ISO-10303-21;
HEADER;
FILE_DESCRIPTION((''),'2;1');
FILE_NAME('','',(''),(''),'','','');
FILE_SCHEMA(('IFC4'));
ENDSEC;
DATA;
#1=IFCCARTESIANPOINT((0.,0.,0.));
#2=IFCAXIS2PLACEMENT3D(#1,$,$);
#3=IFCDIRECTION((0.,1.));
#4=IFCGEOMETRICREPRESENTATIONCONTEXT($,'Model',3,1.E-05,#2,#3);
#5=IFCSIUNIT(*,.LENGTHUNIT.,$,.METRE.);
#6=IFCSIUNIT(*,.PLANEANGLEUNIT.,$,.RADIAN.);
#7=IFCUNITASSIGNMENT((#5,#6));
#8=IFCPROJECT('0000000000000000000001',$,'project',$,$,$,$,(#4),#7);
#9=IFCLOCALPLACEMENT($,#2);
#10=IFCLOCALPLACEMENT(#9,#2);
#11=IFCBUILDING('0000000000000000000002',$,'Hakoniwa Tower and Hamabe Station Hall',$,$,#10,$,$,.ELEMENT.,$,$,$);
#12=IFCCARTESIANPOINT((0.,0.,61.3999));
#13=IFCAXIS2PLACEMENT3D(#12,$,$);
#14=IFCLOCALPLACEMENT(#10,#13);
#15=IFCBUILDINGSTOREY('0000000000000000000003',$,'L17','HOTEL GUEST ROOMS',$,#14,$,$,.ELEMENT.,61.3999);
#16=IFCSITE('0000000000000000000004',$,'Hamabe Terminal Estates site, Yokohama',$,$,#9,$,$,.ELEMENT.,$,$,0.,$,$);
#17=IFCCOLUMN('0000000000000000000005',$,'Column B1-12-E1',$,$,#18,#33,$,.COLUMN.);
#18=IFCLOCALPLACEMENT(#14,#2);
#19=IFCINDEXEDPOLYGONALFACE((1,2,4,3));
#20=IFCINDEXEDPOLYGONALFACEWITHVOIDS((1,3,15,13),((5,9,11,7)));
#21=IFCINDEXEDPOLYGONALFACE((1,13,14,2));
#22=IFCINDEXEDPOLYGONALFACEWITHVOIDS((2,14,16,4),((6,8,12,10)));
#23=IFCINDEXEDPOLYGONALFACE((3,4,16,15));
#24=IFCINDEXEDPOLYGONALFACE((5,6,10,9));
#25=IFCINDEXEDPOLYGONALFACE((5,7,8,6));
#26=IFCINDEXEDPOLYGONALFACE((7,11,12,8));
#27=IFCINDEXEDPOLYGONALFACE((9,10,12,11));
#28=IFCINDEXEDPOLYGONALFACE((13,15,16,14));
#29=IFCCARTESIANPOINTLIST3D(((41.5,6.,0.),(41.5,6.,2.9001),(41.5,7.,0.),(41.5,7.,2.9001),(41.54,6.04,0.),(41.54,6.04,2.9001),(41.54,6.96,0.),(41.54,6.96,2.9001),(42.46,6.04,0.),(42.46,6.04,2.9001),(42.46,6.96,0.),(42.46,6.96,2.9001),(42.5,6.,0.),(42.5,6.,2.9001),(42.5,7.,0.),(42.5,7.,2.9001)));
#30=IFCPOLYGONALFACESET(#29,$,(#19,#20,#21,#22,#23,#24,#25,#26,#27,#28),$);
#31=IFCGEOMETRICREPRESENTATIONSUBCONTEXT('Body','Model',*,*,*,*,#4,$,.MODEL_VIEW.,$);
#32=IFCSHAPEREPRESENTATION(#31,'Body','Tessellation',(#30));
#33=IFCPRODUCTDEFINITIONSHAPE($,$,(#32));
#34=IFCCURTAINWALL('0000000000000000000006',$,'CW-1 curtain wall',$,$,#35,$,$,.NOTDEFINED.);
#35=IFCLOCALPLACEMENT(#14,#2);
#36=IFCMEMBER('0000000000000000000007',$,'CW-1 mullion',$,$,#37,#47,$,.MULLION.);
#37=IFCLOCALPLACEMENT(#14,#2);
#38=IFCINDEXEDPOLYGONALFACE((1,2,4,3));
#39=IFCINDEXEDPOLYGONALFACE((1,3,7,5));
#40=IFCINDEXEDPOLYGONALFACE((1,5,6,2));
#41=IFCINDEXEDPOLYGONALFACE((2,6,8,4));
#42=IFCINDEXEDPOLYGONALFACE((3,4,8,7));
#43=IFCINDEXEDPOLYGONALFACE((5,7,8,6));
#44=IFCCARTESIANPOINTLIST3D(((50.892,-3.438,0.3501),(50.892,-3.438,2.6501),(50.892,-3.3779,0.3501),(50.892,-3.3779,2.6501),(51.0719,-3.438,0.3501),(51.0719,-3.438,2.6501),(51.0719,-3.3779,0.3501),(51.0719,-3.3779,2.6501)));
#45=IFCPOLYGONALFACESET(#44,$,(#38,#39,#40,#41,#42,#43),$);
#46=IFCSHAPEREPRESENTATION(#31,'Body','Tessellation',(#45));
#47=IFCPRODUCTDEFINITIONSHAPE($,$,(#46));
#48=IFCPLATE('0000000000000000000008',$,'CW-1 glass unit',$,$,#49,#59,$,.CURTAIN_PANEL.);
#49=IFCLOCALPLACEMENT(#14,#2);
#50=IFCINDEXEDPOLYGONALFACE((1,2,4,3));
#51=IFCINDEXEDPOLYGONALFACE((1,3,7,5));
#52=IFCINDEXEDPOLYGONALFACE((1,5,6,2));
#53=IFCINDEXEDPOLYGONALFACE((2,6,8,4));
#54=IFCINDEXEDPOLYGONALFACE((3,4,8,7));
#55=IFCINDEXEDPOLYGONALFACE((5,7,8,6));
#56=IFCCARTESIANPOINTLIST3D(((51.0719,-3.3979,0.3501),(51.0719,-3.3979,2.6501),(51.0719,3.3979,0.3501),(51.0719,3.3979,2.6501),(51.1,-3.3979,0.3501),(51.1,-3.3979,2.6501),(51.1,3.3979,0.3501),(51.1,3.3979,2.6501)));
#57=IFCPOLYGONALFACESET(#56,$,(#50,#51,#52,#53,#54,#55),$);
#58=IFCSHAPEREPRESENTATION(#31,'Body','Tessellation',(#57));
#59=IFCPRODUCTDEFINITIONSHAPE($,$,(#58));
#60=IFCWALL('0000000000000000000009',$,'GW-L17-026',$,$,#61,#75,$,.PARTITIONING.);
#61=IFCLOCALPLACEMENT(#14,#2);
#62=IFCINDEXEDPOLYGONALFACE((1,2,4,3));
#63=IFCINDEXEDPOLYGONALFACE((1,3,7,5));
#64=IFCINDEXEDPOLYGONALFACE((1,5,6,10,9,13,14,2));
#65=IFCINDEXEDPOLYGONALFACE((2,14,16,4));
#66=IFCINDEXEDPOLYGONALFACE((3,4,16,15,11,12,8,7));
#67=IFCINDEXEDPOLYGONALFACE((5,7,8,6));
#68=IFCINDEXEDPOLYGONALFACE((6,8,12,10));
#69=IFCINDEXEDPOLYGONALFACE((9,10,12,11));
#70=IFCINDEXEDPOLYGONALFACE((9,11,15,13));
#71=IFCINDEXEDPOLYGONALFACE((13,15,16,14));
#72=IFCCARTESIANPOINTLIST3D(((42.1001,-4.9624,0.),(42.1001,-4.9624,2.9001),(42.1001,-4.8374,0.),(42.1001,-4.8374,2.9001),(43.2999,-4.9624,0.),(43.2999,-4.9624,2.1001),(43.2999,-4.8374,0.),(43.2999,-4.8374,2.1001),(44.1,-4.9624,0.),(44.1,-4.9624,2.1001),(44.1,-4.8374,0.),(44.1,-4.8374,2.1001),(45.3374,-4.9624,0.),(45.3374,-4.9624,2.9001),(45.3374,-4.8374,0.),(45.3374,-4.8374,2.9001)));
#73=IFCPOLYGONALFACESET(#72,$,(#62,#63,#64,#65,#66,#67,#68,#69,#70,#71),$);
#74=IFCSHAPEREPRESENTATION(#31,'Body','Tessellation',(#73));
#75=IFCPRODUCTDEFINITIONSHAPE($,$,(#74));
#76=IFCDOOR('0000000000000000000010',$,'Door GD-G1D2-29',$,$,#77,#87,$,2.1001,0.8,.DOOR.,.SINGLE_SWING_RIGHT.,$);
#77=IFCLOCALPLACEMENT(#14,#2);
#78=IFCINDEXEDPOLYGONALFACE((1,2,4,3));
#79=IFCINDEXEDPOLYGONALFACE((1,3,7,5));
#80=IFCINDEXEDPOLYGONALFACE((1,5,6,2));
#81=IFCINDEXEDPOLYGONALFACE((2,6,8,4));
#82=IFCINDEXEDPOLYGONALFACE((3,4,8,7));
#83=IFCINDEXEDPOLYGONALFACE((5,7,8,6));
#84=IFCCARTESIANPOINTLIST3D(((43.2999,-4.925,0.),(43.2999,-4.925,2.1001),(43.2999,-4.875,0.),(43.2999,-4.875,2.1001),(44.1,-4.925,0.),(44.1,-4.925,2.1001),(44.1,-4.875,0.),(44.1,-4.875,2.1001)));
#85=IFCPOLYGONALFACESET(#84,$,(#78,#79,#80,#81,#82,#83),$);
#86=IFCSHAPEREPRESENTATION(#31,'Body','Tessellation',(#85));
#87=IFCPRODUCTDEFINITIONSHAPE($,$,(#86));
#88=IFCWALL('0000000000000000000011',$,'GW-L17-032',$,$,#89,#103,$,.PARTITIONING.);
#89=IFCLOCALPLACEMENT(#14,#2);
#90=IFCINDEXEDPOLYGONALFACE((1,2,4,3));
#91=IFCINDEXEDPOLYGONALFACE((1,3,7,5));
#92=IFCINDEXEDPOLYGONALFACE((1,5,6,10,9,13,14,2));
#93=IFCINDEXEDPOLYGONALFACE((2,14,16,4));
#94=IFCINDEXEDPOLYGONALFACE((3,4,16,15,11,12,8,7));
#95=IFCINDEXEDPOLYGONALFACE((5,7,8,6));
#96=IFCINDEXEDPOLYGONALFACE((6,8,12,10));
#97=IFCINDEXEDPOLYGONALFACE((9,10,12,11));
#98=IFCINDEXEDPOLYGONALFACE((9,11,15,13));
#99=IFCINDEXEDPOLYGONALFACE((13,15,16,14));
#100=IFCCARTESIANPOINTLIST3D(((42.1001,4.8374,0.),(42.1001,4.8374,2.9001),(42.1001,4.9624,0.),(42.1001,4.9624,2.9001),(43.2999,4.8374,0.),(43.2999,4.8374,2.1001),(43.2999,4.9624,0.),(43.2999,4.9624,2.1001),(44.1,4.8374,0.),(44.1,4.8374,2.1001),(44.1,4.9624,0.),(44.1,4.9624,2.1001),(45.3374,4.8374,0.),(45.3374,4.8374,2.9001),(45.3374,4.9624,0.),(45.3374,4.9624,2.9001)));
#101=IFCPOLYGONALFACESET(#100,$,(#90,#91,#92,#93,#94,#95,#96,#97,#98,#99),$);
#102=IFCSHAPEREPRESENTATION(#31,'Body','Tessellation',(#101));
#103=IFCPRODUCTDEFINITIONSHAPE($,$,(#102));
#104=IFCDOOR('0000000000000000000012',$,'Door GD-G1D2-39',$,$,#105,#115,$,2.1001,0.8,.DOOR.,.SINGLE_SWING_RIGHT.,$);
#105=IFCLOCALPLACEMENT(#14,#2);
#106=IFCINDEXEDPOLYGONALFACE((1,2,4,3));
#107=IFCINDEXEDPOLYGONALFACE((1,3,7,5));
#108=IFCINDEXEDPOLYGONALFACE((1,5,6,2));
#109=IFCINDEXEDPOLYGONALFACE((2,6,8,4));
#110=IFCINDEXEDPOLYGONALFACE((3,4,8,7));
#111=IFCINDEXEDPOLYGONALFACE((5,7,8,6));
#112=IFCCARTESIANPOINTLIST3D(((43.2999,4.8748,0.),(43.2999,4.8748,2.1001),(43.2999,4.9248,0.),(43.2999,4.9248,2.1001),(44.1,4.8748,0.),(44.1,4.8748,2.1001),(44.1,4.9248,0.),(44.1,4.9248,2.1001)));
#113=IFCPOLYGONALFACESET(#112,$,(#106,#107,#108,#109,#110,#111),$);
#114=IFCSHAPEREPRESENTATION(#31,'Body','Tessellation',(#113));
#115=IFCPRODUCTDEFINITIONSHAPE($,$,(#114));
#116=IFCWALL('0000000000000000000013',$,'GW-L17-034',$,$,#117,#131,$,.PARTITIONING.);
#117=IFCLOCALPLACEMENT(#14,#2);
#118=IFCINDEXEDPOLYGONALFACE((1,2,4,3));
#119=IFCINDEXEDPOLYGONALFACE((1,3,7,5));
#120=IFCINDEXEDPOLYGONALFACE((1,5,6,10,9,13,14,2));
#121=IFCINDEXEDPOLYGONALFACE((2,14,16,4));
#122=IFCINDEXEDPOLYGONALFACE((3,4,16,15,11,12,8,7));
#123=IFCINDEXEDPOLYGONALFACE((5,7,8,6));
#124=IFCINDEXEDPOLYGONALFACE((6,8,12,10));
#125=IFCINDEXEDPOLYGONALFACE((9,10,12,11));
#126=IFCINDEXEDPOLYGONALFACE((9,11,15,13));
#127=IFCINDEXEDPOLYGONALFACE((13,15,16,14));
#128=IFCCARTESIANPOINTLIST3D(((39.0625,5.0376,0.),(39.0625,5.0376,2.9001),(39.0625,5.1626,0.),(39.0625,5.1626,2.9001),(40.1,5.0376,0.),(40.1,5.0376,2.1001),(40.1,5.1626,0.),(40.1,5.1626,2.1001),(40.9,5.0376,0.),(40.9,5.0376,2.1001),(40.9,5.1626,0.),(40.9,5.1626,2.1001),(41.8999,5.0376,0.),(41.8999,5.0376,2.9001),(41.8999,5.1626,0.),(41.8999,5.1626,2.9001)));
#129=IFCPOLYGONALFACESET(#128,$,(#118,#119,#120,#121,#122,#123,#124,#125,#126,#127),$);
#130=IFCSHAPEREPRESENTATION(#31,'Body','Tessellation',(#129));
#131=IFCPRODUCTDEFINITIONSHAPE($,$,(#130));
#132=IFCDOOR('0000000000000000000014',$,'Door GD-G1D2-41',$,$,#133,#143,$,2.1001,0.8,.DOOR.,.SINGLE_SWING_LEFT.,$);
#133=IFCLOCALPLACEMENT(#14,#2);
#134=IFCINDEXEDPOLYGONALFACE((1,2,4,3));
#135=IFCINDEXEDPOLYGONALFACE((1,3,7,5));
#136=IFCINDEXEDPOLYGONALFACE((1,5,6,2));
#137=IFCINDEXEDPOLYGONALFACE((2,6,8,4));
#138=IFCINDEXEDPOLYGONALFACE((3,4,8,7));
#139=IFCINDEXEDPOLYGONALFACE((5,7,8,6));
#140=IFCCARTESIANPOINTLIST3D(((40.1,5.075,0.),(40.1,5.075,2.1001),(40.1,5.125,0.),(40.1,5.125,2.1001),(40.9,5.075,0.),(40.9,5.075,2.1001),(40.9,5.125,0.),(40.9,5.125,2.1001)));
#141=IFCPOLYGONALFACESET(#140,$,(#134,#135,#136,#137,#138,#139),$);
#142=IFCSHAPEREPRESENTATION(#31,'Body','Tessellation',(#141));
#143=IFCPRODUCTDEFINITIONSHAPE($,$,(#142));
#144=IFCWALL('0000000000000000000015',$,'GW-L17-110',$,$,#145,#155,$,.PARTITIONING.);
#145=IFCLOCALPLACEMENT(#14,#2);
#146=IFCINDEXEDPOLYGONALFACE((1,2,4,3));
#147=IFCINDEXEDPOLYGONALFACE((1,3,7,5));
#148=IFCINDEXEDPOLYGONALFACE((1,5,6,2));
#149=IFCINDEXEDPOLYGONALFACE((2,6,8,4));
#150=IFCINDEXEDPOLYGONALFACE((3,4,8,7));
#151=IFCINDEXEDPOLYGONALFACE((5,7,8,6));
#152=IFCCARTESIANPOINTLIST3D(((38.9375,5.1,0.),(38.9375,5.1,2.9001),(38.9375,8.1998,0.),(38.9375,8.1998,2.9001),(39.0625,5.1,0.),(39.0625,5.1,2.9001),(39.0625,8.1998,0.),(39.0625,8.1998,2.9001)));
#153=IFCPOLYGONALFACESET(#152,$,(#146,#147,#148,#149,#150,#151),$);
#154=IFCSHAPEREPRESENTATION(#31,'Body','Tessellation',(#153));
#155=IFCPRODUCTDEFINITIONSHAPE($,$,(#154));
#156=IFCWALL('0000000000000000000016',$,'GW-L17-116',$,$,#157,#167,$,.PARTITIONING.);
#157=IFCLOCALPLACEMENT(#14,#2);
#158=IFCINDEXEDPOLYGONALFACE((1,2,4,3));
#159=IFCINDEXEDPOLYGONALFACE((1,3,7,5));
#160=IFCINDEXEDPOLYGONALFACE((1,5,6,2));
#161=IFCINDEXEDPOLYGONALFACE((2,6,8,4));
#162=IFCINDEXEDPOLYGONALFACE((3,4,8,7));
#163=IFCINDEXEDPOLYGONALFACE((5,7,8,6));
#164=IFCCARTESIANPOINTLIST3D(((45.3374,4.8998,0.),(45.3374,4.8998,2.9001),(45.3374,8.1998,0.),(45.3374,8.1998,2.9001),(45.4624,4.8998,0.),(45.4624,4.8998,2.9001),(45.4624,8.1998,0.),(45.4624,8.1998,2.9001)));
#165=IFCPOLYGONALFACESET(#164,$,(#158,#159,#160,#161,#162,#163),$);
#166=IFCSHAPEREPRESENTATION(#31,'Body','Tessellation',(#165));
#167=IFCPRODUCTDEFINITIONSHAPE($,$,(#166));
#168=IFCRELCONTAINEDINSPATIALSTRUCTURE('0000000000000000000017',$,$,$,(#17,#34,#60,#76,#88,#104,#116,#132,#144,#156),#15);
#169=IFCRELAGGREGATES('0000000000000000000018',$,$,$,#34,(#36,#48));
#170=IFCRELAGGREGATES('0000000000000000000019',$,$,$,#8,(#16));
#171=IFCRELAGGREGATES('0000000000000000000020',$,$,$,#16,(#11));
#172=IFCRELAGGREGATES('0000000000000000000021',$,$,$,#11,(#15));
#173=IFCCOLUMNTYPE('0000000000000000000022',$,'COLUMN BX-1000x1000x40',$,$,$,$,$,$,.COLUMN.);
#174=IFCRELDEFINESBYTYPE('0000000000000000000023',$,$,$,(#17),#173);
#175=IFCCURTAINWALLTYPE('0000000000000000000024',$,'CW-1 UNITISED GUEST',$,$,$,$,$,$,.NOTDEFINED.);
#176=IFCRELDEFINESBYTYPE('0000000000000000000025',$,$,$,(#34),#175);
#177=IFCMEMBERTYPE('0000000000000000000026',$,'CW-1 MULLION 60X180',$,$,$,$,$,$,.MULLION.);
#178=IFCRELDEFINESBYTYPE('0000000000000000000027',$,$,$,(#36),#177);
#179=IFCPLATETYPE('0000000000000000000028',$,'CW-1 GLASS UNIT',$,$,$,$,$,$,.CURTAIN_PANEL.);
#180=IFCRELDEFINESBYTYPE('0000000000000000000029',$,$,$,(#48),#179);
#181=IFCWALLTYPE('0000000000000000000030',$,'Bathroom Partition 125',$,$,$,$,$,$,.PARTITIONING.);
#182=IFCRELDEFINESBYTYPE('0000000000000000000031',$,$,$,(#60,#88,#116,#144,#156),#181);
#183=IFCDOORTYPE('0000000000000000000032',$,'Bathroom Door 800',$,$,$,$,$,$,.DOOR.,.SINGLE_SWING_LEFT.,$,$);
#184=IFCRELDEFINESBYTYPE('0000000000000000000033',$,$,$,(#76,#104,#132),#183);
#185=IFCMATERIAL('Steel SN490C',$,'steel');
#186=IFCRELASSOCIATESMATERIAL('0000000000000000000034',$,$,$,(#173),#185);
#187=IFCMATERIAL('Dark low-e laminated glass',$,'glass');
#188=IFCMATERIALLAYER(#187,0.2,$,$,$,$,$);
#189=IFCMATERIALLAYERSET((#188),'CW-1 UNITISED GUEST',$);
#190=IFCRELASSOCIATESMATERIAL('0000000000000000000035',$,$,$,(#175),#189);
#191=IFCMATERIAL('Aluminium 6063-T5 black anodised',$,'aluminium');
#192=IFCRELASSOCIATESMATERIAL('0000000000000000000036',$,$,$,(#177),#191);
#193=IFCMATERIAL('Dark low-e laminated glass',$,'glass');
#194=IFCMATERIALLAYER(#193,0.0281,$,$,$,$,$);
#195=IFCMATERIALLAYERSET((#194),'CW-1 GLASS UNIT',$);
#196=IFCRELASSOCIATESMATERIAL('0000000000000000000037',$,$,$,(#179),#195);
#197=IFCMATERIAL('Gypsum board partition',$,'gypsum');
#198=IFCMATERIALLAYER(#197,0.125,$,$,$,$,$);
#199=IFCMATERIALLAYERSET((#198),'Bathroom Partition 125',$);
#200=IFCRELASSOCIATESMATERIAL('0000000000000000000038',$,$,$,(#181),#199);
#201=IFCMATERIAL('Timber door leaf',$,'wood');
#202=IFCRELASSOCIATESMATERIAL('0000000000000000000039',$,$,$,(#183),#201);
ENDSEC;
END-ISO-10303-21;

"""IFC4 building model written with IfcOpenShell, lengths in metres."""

from ifc_helpers import new_model, si_unit, direction, frame, frame_2d, origin, origin_2d, place, context, subcontext, project, spatial, rectangle, hollow_rectangle, extrude, material, layer, layer_set, material_profile, profile_set, type_object, element, fill, aggregate, save


model = new_model("IFC4")

# Units and contexts
model_context = context("Model", 3, precision=1e-05, world=origin(), true_north=direction((0.0, 1.0)))
body_context = subcontext(model_context, "Body", "Model", "MODEL_VIEW")
ifc_project = project(units=[si_unit("LENGTHUNIT", "METRE"), si_unit("PLANEANGLEUNIT", "RADIAN")], contexts=[model_context])

# Site, building, storey
site_placement = place(None, origin())
site = spatial("IfcSite", under=ifc_project, at=site_placement, Name="Hamabe Terminal Estates site, Yokohama", CompositionType="ELEMENT", RefElevation=0.0)
building_placement = place(site_placement, origin())
building = spatial("IfcBuilding", under=site, at=building_placement, Name="Hakoniwa Tower and Hamabe Station Hall", CompositionType="ELEMENT")
storey_placement = place(building_placement, frame((0.0, 0.0, 61.3999)))
storey = spatial("IfcBuildingStorey", under=building, at=storey_placement, Name="L17", Description="HOTEL GUEST ROOMS", CompositionType="ELEMENT", Elevation=61.3999)

# Column
ifc_material_1 = material(Name="Steel SN490C", Category="steel")
ifc_material_profile_1 = material_profile(ifc_material_1, hollow_rectangle(XDim=1.0, YDim=1.0, WallThickness=0.04, at=origin_2d()), Name="BX-1000x1000x40")
ifc_profile_set_1 = profile_set([ifc_material_profile_1], Name="Steel SN490C")
column_type = type_object("IfcColumnType", Name="COLUMN BX-1000x1000x40", PredefinedType="COLUMN", material=ifc_profile_set_1)
column_placement = place(storey_placement, frame((42.0, 6.5, 0.0), z_axis=(0.0, 0.0, 1.0), x_axis=(1.0, 0.0, 0.0)))
element("IfcColumn", 1, at=column_placement, inside=storey, type_object=column_type, Name="Column B1-12-E1", PredefinedType="COLUMN", context=body_context, shape_type="SweptSolid", body=[
    extrude(hollow_rectangle(XDim=1.0, YDim=1.0, WallThickness=0.04, at=origin_2d()), origin(), (0.0, 0.0, 1.0), 2.9001),
])

# Curtain wall, member, plate
ifc_material_2 = material(Name="Dark low-e laminated glass", Category="glass")
ifc_layer_1 = layer(ifc_material_2, 0.2)
ifc_layer_set_1 = layer_set([ifc_layer_1], Name="CW-1 UNITISED GUEST")
curtain_wall_type = type_object("IfcCurtainWallType", Name="CW-1 UNITISED GUEST", PredefinedType="NOTDEFINED", material=ifc_layer_set_1)
curtain_wall_placement = place(storey_placement, origin())
curtain_wall = element("IfcCurtainWall", 2, at=curtain_wall_placement, inside=storey, type_object=curtain_wall_type, Name="CW-1 curtain wall", PredefinedType="NOTDEFINED")
ifc_material_3 = material(Name="Aluminium 6063-T5 black anodised", Category="aluminium")
ifc_material_profile_2 = material_profile(ifc_material_3, rectangle(XDim=0.0601, YDim=0.1799, at=origin_2d()), Name="CW-1 MULLION 60X180")
ifc_profile_set_2 = profile_set([ifc_material_profile_2], Name="Aluminium 6063-T5 black anodised")
member_type = type_object("IfcMemberType", Name="CW-1 MULLION 60X180", PredefinedType="MULLION", material=ifc_profile_set_2)
member_placement = place(storey_placement, frame((50.9819, -3.408, 0.3501), z_axis=(0.0, 0.0, 1.0), x_axis=(0.0, 1.0, 0.0)))
member = element("IfcMember", 3, at=member_placement, type_object=member_type, Name="CW-1 mullion", PredefinedType="MULLION", context=body_context, shape_type="SweptSolid", body=[
    extrude(rectangle(XDim=0.0601, YDim=0.1799, at=origin_2d()), origin(), (0.0, 0.0, 1.0), 2.3),
])
ifc_material_4 = material(Name="Dark low-e laminated glass", Category="glass")
ifc_layer_2 = layer(ifc_material_4, 0.0281)
ifc_layer_set_2 = layer_set([ifc_layer_2], Name="CW-1 GLASS UNIT")
plate_type = type_object("IfcPlateType", Name="CW-1 GLASS UNIT", PredefinedType="CURTAIN_PANEL", material=ifc_layer_set_2)
plate_placement = place(storey_placement, frame((51.0859, 0.0, 0.3501), z_axis=(0.0, 0.0, 1.0), x_axis=(0.0, 1.0, 0.0)))
plate = element("IfcPlate", 4, at=plate_placement, type_object=plate_type, Name="CW-1 glass unit", PredefinedType="CURTAIN_PANEL", context=body_context, shape_type="SweptSolid", body=[
    extrude(rectangle(XDim=6.7959, YDim=0.0281, at=origin_2d()), origin(), (0.0, 0.0, 1.0), 2.3),
])
aggregate(curtain_wall, [member, plate])

# Walls, openings, doors
ifc_material_5 = material(Name="Gypsum board partition", Category="gypsum")
ifc_layer_3 = layer(ifc_material_5, 0.125)
ifc_layer_set_3 = layer_set([ifc_layer_3], Name="Bathroom Partition 125")
wall_type_1 = type_object("IfcWallType", Name="Bathroom Partition 125", PredefinedType="PARTITIONING", material=ifc_layer_set_3)
wall_1_placement = place(storey_placement, frame((42.1001, -4.8999, 0.0), z_axis=(0.0, 0.0, 1.0), x_axis=(1.0, 0.0, 0.0)))
wall_1 = element("IfcWall", 5, at=wall_1_placement, inside=storey, type_object=wall_type_1, Name="GW-L17-026", PredefinedType="PARTITIONING", context=body_context, shape_type="SweptSolid", body=[
    extrude(rectangle(XDim=3.2373, YDim=0.125, at=frame_2d((1.6187, 0.0))), origin(), (0.0, 0.0, 1.0), 2.9001),
])
opening_1_placement = place(wall_1_placement, frame((1.2, 0.0, 0.0)))
opening_1 = element("IfcOpeningElement", 6, at=opening_1_placement, cuts=wall_1, PredefinedType="OPENING", context=body_context, shape_type="SweptSolid", body=[
    extrude(rectangle(XDim=0.8, YDim=2.1001, at=frame_2d((0.3999, 1.05))), frame((0.0, 0.0725, 0.0), z_axis=(0.0, -1.0, 0.0), x_axis=(1.0, 0.0, 0.0)), (0.0, 0.0, 1.0), 0.145),
])
ifc_material_6 = material(Name="Timber door leaf", Category="wood")
door_type_1 = type_object("IfcDoorType", Name="Bathroom Door 800", OperationType="SINGLE_SWING_LEFT", PredefinedType="DOOR", material=ifc_material_6)
door_1_placement = place(opening_1_placement, origin())
door_1 = element("IfcDoor", 7, at=door_1_placement, inside=storey, type_object=door_type_1, Name="Door GD-G1D2-29", OperationType="SINGLE_SWING_RIGHT", OverallHeight=2.1001, OverallWidth=0.8, PredefinedType="DOOR", context=body_context, shape_type="SweptSolid", body=[
    extrude(rectangle(XDim=0.8, YDim=2.1001, at=frame_2d((0.3999, 1.05))), frame((0.0, 0.0249, 0.0), z_axis=(0.0, -1.0, 0.0), x_axis=(1.0, 0.0, 0.0)), (0.0, 0.0, 1.0), 0.05),
])
fill(opening_1, door_1)
wall_2_placement = place(storey_placement, frame((42.1001, 4.8999, 0.0), z_axis=(0.0, 0.0, 1.0), x_axis=(1.0, 0.0, 0.0)))
wall_2 = element("IfcWall", 8, at=wall_2_placement, inside=storey, type_object=wall_type_1, Name="GW-L17-032", PredefinedType="PARTITIONING", context=body_context, shape_type="SweptSolid", body=[
    extrude(rectangle(XDim=3.2373, YDim=0.125, at=frame_2d((1.6187, 0.0))), origin(), (0.0, 0.0, 1.0), 2.9001),
])
opening_2_placement = place(wall_2_placement, frame((1.2, 0.0, 0.0)))
opening_2 = element("IfcOpeningElement", 9, at=opening_2_placement, cuts=wall_2, PredefinedType="OPENING", context=body_context, shape_type="SweptSolid", body=[
    extrude(rectangle(XDim=0.8, YDim=2.1001, at=frame_2d((0.3999, 1.05))), frame((0.0, 0.0725, 0.0), z_axis=(0.0, -1.0, 0.0), x_axis=(1.0, 0.0, 0.0)), (0.0, 0.0, 1.0), 0.145),
])
door_2_placement = place(opening_2_placement, origin())
door_2 = element("IfcDoor", 10, at=door_2_placement, inside=storey, type_object=door_type_1, Name="Door GD-G1D2-39", OperationType="SINGLE_SWING_RIGHT", OverallHeight=2.1001, OverallWidth=0.8, PredefinedType="DOOR", context=body_context, shape_type="SweptSolid", body=[
    extrude(rectangle(XDim=0.8, YDim=2.1001, at=frame_2d((0.3999, 1.05))), frame((0.0, 0.0249, 0.0), z_axis=(0.0, -1.0, 0.0), x_axis=(1.0, 0.0, 0.0)), (0.0, 0.0, 1.0), 0.05),
])
fill(opening_2, door_2)
wall_3_placement = place(storey_placement, frame((39.0625, 5.1001, 0.0), z_axis=(0.0, 0.0, 1.0), x_axis=(1.0, 0.0, 0.0)))
wall_3 = element("IfcWall", 11, at=wall_3_placement, inside=storey, type_object=wall_type_1, Name="GW-L17-034", PredefinedType="PARTITIONING", context=body_context, shape_type="SweptSolid", body=[
    extrude(rectangle(XDim=2.8374, YDim=0.125, at=frame_2d((1.4187, 0.0))), origin(), (0.0, 0.0, 1.0), 2.9001),
])
opening_3_placement = place(wall_3_placement, frame((1.0376, 0.0, 0.0)))
opening_3 = element("IfcOpeningElement", 12, at=opening_3_placement, cuts=wall_3, PredefinedType="OPENING", context=body_context, shape_type="SweptSolid", body=[
    extrude(rectangle(XDim=0.8, YDim=2.1001, at=frame_2d((0.3999, 1.05))), frame((0.0, 0.0725, 0.0), z_axis=(0.0, -1.0, 0.0), x_axis=(1.0, 0.0, 0.0)), (0.0, 0.0, 1.0), 0.145),
])
door_3_placement = place(opening_3_placement, origin())
door_3 = element("IfcDoor", 13, at=door_3_placement, inside=storey, type_object=door_type_1, Name="Door GD-G1D2-41", OperationType="SINGLE_SWING_LEFT", OverallHeight=2.1001, OverallWidth=0.8, PredefinedType="DOOR", context=body_context, shape_type="SweptSolid", body=[
    extrude(rectangle(XDim=0.8, YDim=2.1001, at=frame_2d((0.3999, 1.05))), frame((0.0, 0.0249, 0.0), z_axis=(0.0, -1.0, 0.0), x_axis=(1.0, 0.0, 0.0)), (0.0, 0.0, 1.0), 0.05),
])
fill(opening_3, door_3)

# Walls
wall_4_placement = place(storey_placement, frame((39.0, 5.1001, 0.0), z_axis=(0.0, 0.0, 1.0), x_axis=(0.0, 1.0, 0.0)))
element("IfcWall", 14, at=wall_4_placement, inside=storey, type_object=wall_type_1, Name="GW-L17-110", PredefinedType="PARTITIONING", context=body_context, shape_type="SweptSolid", body=[
    extrude(rectangle(XDim=3.0999, YDim=0.125, at=frame_2d((1.5498, 0.0))), origin(), (0.0, 0.0, 1.0), 2.9001),
])
wall_5_placement = place(storey_placement, frame((45.3999, 4.8999, 0.0), z_axis=(0.0, 0.0, 1.0), x_axis=(0.0, 1.0, 0.0)))
element("IfcWall", 15, at=wall_5_placement, inside=storey, type_object=wall_type_1, Name="GW-L17-116", PredefinedType="PARTITIONING", context=body_context, shape_type="SweptSolid", body=[
    extrude(rectangle(XDim=3.3, YDim=0.125, at=frame_2d((1.6499, 0.0))), origin(), (0.0, 0.0, 1.0), 2.9001),
])

save(model, "model.ifc")
